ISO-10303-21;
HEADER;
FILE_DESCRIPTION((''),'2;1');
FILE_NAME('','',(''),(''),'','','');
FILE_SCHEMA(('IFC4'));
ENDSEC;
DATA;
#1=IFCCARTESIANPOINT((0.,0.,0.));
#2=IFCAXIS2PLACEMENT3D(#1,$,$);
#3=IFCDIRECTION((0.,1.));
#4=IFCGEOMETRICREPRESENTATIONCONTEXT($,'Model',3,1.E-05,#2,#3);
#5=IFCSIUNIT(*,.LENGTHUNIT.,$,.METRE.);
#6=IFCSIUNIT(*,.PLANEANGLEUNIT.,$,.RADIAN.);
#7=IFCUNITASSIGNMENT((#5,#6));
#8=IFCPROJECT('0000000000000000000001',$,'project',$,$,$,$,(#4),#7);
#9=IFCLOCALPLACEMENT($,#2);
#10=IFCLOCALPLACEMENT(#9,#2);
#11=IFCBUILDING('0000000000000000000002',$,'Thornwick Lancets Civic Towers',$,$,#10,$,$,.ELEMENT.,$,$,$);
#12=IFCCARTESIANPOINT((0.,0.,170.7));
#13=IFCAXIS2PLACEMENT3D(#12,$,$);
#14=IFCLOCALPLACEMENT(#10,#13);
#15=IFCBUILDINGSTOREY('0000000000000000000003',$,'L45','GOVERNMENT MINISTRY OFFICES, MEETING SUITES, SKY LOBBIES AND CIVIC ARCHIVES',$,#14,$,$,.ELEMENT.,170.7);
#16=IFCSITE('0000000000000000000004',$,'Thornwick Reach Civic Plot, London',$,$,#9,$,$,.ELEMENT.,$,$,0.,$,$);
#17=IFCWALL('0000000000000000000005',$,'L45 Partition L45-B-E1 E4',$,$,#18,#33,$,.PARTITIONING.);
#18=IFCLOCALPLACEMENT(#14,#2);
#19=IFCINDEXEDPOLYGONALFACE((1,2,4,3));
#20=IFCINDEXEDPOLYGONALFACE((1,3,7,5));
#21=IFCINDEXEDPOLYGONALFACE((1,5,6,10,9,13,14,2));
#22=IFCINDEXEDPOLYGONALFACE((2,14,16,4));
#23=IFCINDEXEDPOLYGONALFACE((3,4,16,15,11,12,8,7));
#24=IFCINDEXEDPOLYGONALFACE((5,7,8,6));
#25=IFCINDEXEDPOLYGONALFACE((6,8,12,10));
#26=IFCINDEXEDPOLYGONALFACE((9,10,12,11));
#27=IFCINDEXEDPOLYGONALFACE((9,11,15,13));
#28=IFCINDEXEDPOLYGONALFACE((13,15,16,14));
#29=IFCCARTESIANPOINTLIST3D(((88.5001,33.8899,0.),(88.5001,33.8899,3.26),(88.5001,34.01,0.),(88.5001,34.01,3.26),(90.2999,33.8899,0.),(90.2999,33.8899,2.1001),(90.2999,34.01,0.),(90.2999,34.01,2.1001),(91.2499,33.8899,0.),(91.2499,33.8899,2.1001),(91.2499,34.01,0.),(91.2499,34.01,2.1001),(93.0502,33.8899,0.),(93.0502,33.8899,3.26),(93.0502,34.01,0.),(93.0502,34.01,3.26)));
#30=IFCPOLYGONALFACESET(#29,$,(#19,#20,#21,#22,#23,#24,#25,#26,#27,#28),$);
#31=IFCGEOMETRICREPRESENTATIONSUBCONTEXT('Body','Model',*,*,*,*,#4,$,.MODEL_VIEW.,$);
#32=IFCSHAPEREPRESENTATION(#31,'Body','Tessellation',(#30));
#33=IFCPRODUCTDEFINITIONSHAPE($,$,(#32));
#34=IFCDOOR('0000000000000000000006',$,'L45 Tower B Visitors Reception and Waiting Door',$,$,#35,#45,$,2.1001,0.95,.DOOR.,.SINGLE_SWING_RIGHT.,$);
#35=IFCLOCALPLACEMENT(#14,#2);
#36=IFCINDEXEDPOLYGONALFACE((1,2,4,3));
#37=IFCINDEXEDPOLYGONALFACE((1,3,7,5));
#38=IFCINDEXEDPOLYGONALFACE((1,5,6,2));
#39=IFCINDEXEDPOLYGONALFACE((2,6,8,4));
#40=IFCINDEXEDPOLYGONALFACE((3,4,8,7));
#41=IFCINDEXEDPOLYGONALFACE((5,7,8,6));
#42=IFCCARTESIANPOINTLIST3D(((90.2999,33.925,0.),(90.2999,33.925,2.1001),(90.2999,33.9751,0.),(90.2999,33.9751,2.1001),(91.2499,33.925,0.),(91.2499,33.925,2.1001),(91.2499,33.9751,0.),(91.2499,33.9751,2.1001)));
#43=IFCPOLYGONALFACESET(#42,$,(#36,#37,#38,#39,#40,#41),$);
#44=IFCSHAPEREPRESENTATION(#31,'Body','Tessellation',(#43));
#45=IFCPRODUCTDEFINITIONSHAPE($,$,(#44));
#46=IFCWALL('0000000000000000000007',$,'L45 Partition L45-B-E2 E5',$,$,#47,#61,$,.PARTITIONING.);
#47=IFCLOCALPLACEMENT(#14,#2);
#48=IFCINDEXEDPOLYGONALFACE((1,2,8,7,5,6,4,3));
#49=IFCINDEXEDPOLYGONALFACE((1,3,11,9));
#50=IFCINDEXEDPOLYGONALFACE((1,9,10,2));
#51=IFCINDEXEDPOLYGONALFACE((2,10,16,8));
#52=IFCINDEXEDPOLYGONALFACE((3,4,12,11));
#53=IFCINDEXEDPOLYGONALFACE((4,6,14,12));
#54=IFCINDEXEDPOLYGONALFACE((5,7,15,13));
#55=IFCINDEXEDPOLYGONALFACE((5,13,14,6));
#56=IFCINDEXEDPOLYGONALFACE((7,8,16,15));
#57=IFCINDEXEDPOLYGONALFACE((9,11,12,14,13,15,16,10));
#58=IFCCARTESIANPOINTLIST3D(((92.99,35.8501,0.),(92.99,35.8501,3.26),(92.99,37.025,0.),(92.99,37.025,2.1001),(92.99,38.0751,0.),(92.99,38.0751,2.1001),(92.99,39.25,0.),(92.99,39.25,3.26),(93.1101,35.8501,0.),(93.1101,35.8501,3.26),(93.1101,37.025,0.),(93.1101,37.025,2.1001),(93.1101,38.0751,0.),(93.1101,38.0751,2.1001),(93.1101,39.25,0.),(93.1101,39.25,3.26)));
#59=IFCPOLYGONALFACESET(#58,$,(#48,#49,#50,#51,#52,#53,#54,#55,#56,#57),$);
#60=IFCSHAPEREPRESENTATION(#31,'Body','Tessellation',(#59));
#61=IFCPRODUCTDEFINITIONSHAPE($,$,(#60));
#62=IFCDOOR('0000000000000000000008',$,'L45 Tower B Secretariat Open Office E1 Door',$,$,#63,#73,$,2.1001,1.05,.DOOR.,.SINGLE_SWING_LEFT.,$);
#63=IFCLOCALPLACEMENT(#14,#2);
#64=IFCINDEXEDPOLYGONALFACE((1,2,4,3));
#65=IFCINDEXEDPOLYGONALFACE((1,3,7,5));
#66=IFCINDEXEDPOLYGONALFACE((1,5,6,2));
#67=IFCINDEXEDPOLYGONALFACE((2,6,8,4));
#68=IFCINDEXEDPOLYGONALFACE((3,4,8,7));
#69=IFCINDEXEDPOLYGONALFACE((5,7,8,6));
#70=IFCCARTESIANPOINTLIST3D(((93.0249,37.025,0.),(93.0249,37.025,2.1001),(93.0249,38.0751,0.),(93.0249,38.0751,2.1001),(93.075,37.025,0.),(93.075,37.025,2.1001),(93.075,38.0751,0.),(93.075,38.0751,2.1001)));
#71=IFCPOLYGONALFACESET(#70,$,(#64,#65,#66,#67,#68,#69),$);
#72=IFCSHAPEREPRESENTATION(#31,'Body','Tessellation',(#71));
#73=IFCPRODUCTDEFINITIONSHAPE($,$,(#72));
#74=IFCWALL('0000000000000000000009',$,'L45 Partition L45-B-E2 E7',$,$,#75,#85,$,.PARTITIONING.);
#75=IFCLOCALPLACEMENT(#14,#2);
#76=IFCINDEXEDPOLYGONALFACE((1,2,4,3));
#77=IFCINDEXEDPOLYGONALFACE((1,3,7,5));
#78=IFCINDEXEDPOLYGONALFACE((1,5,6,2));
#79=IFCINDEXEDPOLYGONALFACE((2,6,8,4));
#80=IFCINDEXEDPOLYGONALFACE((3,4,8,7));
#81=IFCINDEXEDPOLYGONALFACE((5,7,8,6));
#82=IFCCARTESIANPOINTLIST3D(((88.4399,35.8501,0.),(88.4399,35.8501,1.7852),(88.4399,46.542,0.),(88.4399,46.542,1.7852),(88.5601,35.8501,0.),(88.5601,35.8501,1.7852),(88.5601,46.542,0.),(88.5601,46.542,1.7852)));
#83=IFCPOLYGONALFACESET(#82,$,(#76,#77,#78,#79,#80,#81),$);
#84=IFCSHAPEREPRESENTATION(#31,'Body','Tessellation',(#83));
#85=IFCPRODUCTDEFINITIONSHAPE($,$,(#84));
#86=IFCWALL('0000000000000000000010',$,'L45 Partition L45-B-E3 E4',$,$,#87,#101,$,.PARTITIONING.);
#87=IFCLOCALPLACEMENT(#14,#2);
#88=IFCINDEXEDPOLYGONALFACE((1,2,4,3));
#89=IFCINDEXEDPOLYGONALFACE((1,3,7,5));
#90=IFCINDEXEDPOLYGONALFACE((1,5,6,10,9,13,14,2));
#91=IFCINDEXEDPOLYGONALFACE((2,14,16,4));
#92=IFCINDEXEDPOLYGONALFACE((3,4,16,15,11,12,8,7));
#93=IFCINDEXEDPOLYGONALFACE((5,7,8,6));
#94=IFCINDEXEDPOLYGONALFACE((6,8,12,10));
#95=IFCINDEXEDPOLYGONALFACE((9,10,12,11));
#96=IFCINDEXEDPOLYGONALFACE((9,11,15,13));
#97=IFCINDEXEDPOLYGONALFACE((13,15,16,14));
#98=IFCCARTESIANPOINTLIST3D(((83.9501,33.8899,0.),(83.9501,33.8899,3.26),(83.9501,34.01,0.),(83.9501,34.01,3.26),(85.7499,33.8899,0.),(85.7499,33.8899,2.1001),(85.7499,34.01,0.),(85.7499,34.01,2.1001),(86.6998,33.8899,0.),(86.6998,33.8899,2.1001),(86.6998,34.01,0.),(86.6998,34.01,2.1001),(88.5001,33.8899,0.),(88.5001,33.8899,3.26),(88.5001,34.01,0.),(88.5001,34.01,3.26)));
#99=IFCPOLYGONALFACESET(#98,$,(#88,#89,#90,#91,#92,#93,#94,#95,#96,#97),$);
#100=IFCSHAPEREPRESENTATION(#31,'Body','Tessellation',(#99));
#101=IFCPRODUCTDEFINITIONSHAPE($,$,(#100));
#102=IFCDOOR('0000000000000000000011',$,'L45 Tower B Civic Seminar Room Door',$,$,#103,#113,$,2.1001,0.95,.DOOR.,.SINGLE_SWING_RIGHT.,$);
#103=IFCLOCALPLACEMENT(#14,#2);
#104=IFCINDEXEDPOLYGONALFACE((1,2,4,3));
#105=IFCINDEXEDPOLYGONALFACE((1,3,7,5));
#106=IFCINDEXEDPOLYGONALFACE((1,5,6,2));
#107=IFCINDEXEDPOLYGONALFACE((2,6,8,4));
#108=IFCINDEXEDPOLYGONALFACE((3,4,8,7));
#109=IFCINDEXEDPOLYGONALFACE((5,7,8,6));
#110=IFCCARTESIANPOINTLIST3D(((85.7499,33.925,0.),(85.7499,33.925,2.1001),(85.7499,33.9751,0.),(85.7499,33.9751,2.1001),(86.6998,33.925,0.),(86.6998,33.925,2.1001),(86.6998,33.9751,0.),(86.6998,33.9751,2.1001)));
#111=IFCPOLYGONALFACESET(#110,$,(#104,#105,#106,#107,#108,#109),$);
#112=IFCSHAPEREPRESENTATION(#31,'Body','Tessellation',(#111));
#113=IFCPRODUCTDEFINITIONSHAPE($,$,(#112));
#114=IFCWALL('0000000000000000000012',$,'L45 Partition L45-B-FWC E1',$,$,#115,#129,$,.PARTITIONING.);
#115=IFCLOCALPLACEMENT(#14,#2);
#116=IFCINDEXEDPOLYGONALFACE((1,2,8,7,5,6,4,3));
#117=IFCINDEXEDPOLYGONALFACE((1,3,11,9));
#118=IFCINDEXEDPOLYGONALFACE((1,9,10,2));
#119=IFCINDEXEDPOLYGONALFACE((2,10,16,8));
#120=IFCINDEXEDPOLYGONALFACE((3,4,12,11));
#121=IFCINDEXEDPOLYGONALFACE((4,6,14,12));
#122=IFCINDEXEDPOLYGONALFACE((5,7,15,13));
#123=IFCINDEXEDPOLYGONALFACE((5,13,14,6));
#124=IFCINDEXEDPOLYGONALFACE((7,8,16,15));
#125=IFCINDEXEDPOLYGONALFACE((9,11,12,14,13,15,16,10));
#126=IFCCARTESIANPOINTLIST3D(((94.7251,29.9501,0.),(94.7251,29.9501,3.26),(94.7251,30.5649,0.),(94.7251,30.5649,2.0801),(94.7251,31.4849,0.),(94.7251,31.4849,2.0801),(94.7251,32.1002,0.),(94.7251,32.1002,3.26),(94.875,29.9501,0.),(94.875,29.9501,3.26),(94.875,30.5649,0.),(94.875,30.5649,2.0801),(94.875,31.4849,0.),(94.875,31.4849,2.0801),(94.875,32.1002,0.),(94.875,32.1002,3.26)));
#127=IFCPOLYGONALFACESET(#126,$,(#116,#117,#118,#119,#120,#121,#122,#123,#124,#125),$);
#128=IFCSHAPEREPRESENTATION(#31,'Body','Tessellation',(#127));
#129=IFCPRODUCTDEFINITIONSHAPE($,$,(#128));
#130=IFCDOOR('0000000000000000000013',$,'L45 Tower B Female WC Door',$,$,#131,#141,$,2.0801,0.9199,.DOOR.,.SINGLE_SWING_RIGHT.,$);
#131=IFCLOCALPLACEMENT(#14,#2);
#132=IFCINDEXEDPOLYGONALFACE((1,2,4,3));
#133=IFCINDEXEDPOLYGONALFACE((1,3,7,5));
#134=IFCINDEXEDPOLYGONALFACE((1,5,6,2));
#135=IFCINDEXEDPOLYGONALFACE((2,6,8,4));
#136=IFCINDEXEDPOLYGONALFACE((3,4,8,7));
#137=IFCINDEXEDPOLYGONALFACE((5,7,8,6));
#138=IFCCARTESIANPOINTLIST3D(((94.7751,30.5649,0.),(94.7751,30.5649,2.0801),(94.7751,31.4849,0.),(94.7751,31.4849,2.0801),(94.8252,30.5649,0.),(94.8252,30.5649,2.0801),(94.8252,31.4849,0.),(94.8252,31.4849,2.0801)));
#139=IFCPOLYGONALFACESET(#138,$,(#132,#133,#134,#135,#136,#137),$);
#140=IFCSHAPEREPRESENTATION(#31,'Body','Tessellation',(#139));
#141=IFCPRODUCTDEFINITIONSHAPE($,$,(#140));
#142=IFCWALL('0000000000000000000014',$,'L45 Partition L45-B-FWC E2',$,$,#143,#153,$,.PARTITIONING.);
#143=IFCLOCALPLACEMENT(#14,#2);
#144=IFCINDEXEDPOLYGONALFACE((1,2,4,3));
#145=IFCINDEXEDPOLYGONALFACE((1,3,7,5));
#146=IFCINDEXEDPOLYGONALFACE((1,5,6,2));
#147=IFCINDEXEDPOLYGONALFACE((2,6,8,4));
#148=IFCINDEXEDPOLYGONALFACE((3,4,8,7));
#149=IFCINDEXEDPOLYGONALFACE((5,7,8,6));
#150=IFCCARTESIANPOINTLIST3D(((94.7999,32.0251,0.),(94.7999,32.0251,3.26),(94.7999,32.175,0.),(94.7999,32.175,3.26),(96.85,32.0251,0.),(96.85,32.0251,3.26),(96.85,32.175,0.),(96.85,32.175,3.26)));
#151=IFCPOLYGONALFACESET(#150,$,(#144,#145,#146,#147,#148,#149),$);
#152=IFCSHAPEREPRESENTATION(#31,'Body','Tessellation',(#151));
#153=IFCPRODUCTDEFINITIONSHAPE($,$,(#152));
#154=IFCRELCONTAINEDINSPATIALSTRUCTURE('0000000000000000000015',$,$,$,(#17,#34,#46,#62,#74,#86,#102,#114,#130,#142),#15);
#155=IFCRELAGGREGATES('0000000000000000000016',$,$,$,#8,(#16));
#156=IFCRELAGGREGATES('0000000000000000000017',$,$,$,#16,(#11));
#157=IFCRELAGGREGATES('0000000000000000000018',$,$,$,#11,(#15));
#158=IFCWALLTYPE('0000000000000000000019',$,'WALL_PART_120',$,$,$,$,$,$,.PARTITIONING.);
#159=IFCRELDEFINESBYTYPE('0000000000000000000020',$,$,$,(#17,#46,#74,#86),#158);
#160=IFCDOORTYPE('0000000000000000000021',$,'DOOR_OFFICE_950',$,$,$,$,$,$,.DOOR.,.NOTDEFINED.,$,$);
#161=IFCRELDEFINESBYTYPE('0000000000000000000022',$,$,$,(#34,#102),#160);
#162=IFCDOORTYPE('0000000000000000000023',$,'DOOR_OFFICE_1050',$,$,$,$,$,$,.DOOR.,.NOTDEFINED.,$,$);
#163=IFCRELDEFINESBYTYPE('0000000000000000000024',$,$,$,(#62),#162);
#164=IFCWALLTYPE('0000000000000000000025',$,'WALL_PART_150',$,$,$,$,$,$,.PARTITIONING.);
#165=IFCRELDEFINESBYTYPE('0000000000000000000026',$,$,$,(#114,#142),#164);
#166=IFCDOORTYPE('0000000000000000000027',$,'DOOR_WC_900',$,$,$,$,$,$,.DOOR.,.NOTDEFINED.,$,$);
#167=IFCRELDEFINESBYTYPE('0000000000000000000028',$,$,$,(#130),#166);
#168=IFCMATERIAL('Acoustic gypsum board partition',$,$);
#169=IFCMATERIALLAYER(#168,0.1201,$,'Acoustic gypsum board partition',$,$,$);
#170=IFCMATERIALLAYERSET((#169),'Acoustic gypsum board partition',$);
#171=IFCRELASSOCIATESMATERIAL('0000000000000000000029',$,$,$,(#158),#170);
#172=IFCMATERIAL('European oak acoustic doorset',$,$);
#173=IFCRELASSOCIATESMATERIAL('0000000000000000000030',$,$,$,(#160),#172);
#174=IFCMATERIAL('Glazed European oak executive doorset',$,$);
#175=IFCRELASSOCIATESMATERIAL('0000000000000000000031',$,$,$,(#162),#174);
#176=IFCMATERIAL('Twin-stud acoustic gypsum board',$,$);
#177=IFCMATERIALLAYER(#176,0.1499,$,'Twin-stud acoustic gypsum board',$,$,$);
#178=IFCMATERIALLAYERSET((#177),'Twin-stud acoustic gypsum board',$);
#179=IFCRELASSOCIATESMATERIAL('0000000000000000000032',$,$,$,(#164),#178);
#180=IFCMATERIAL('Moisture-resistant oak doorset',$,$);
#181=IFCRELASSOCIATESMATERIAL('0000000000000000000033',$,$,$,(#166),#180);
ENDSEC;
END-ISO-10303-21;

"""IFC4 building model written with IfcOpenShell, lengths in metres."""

from ifc_helpers import new_model, si_unit, direction, frame, frame_2d, origin, place, context, subcontext, project, spatial, rectangle, extrude, material, layer, layer_set, type_object, element, fill, save


model = new_model("IFC4")

# Units and contexts
model_context = context("Model", 3, precision=1e-05, world=origin(), true_north=direction((0.0, 1.0)))
body_context = subcontext(model_context, "Body", "Model", "MODEL_VIEW")
ifc_project = project(units=[si_unit("LENGTHUNIT", "METRE"), si_unit("PLANEANGLEUNIT", "RADIAN")], contexts=[model_context])

# Site, building, storey
site_placement = place(None, origin())
site = spatial("IfcSite", under=ifc_project, at=site_placement, Name="Thornwick Reach Civic Plot, London", CompositionType="ELEMENT", RefElevation=0.0)
building_placement = place(site_placement, origin())
building = spatial("IfcBuilding", under=site, at=building_placement, Name="Thornwick Lancets Civic Towers", CompositionType="ELEMENT")
storey_placement = place(building_placement, frame((0.0, 0.0, 170.7)))
storey = spatial("IfcBuildingStorey", under=building, at=storey_placement, Name="L45", Description="GOVERNMENT MINISTRY OFFICES, MEETING SUITES, SKY LOBBIES AND CIVIC ARCHIVES", CompositionType="ELEMENT", Elevation=170.7)

# Shared definitions
ifc_material_1 = material(Name="Acoustic gypsum board partition")
ifc_layer_1 = layer(ifc_material_1, 0.1201, Name="Acoustic gypsum board partition")
ifc_layer_set_1 = layer_set([ifc_layer_1], Name="Acoustic gypsum board partition")
wall_type_1 = type_object("IfcWallType", Name="WALL_PART_120", PredefinedType="PARTITIONING", material=ifc_layer_set_1)
ifc_material_2 = material(Name="European oak acoustic doorset")
door_type_1 = type_object("IfcDoorType", Name="DOOR_OFFICE_950", OperationType="NOTDEFINED", PredefinedType="DOOR", material=ifc_material_2)

# Walls, openings, doors
wall_1_placement = place(storey_placement, frame((93.05, 33.95, 0.0), z_axis=(0.0, 0.0, 1.0), x_axis=(-1.0, 0.0, 0.0)))
wall_1 = element("IfcWall", 1, at=wall_1_placement, inside=storey, type_object=wall_type_1, Name="L45 Partition L45-B-E1 E4", PredefinedType="PARTITIONING", context=body_context, shape_type="SweptSolid", body=[
    extrude(rectangle(XDim=4.55, YDim=0.1201, at=frame_2d((2.2749, 0.0))), origin(), (0.0, 0.0, 1.0), 3.26),
])
opening_1_placement = place(wall_1_placement, frame((1.8, 0.0, 0.0)))
opening_1 = element("IfcOpeningElement", 2, at=opening_1_placement, cuts=wall_1, PredefinedType="OPENING", context=body_context, shape_type="SweptSolid", body=[
    extrude(rectangle(XDim=0.95, YDim=2.1001, at=frame_2d((0.4751, 1.05))), frame((0.0, 0.0701, 0.0), z_axis=(0.0, -1.0, 0.0), x_axis=(1.0, 0.0, 0.0)), (0.0, 0.0, 1.0), 0.1401),
])
door_1_placement = place(opening_1_placement, origin())
door_1 = element("IfcDoor", 3, at=door_1_placement, inside=storey, type_object=door_type_1, Name="L45 Tower B Visitors Reception and Waiting Door", OperationType="SINGLE_SWING_RIGHT", OverallHeight=2.1001, OverallWidth=0.95, PredefinedType="DOOR", context=body_context, shape_type="SweptSolid", body=[
    extrude(rectangle(XDim=0.95, YDim=2.1001, at=frame_2d((0.4751, 1.05))), frame((0.0, 0.0249, 0.0), z_axis=(0.0, -1.0, 0.0), x_axis=(1.0, 0.0, 0.0)), (0.0, 0.0, 1.0), 0.05),
])
fill(opening_1, door_1)
wall_2_placement = place(storey_placement, frame((93.05, 39.25, 0.0), z_axis=(0.0, 0.0, 1.0), x_axis=(0.0, -1.0, 0.0)))
wall_2 = element("IfcWall", 4, at=wall_2_placement, inside=storey, type_object=wall_type_1, Name="L45 Partition L45-B-E2 E5", PredefinedType="PARTITIONING", context=body_context, shape_type="SweptSolid", body=[
    extrude(rectangle(XDim=3.3999, YDim=0.1201, at=frame_2d((1.7, 0.0))), origin(), (0.0, 0.0, 1.0), 3.26),
])
opening_2_placement = place(wall_2_placement, frame((1.175, 0.0, 0.0)))
opening_2 = element("IfcOpeningElement", 5, at=opening_2_placement, cuts=wall_2, PredefinedType="OPENING", context=body_context, shape_type="SweptSolid", body=[
    extrude(rectangle(XDim=1.05, YDim=2.1001, at=frame_2d((0.5249, 1.05))), frame((0.0, 0.0701, 0.0), z_axis=(0.0, -1.0, 0.0), x_axis=(1.0, 0.0, 0.0)), (0.0, 0.0, 1.0), 0.1401),
])
ifc_material_3 = material(Name="Glazed European oak executive doorset")
door_type_2 = type_object("IfcDoorType", Name="DOOR_OFFICE_1050", OperationType="NOTDEFINED", PredefinedType="DOOR", material=ifc_material_3)
door_2_placement = place(opening_2_placement, origin())
door_2 = element("IfcDoor", 6, at=door_2_placement, inside=storey, type_object=door_type_2, Name="L45 Tower B Secretariat Open Office E1 Door", OperationType="SINGLE_SWING_LEFT", OverallHeight=2.1001, OverallWidth=1.05, PredefinedType="DOOR", context=body_context, shape_type="SweptSolid", body=[
    extrude(rectangle(XDim=1.05, YDim=2.1001, at=frame_2d((0.5249, 1.05))), frame((0.0, 0.0249, 0.0), z_axis=(0.0, -1.0, 0.0), x_axis=(1.0, 0.0, 0.0)), (0.0, 0.0, 1.0), 0.05),
])
fill(opening_2, door_2)

# Wall
wall_3_placement = place(storey_placement, frame((88.5, 35.8501, 0.0), z_axis=(0.0, 0.0, 1.0), x_axis=(0.0, 1.0, 0.0)))
element("IfcWall", 7, at=wall_3_placement, inside=storey, type_object=wall_type_1, Name="L45 Partition L45-B-E2 E7", PredefinedType="PARTITIONING", context=body_context, shape_type="SweptSolid", body=[
    extrude(rectangle(XDim=10.6919, YDim=0.1201, at=frame_2d((5.3459, 0.0))), origin(), (0.0, 0.0, 1.0), 1.7852),
])

# Walls, openings, doors
wall_4_placement = place(storey_placement, frame((88.5, 33.95, 0.0), z_axis=(0.0, 0.0, 1.0), x_axis=(-1.0, 0.0, 0.0)))
wall_4 = element("IfcWall", 8, at=wall_4_placement, inside=storey, type_object=wall_type_1, Name="L45 Partition L45-B-E3 E4", PredefinedType="PARTITIONING", context=body_context, shape_type="SweptSolid", body=[
    extrude(rectangle(XDim=4.55, YDim=0.1201, at=frame_2d((2.2749, 0.0))), origin(), (0.0, 0.0, 1.0), 3.26),
])
opening_3_placement = place(wall_4_placement, frame((1.8, 0.0, 0.0)))
opening_3 = element("IfcOpeningElement", 9, at=opening_3_placement, cuts=wall_4, PredefinedType="OPENING", context=body_context, shape_type="SweptSolid", body=[
    extrude(rectangle(XDim=0.95, YDim=2.1001, at=frame_2d((0.4751, 1.05))), frame((0.0, 0.0701, 0.0), z_axis=(0.0, -1.0, 0.0), x_axis=(1.0, 0.0, 0.0)), (0.0, 0.0, 1.0), 0.1401),
])
door_3_placement = place(opening_3_placement, origin())
door_3 = element("IfcDoor", 10, at=door_3_placement, inside=storey, type_object=door_type_1, Name="L45 Tower B Civic Seminar Room Door", OperationType="SINGLE_SWING_RIGHT", OverallHeight=2.1001, OverallWidth=0.95, PredefinedType="DOOR", context=body_context, shape_type="SweptSolid", body=[
    extrude(rectangle(XDim=0.95, YDim=2.1001, at=frame_2d((0.4751, 1.05))), frame((0.0, 0.0249, 0.0), z_axis=(0.0, -1.0, 0.0), x_axis=(1.0, 0.0, 0.0)), (0.0, 0.0, 1.0), 0.05),
])
fill(opening_3, door_3)
ifc_material_4 = material(Name="Twin-stud acoustic gypsum board")
ifc_layer_2 = layer(ifc_material_4, 0.1499, Name="Twin-stud acoustic gypsum board")
ifc_layer_set_2 = layer_set([ifc_layer_2], Name="Twin-stud acoustic gypsum board")
wall_type_2 = type_object("IfcWallType", Name="WALL_PART_150", PredefinedType="PARTITIONING", material=ifc_layer_set_2)
wall_5_placement = place(storey_placement, frame((94.8, 29.95, 0.0), z_axis=(0.0, 0.0, 1.0), x_axis=(0.0, 1.0, 0.0)))
wall_5 = element("IfcWall", 11, at=wall_5_placement, inside=storey, type_object=wall_type_2, Name="L45 Partition L45-B-FWC E1", PredefinedType="PARTITIONING", context=body_context, shape_type="SweptSolid", body=[
    extrude(rectangle(XDim=2.1501, YDim=0.1499, at=frame_2d((1.0752, 0.0))), origin(), (0.0, 0.0, 1.0), 3.26),
])
opening_4_placement = place(wall_5_placement, frame((0.615, 0.0, 0.0)))
opening_4 = element("IfcOpeningElement", 12, at=opening_4_placement, cuts=wall_5, PredefinedType="OPENING", context=body_context, shape_type="SweptSolid", body=[
    extrude(rectangle(XDim=0.9199, YDim=2.0801, at=frame_2d((0.46, 1.04))), frame((0.0, 0.085, 0.0), z_axis=(0.0, -1.0, 0.0), x_axis=(1.0, 0.0, 0.0)), (0.0, 0.0, 1.0), 0.1699),
])
ifc_material_5 = material(Name="Moisture-resistant oak doorset")
door_type_3 = type_object("IfcDoorType", Name="DOOR_WC_900", OperationType="NOTDEFINED", PredefinedType="DOOR", material=ifc_material_5)
door_4_placement = place(opening_4_placement, origin())
door_4 = element("IfcDoor", 13, at=door_4_placement, inside=storey, type_object=door_type_3, Name="L45 Tower B Female WC Door", OperationType="SINGLE_SWING_RIGHT", OverallHeight=2.0801, OverallWidth=0.9199, PredefinedType="DOOR", context=body_context, shape_type="SweptSolid", body=[
    extrude(rectangle(XDim=0.9199, YDim=2.0801, at=frame_2d((0.46, 1.04))), frame((0.0, 0.0249, 0.0), z_axis=(0.0, -1.0, 0.0), x_axis=(1.0, 0.0, 0.0)), (0.0, 0.0, 1.0), 0.05),
])
fill(opening_4, door_4)

# Wall
wall_6_placement = place(storey_placement, frame((94.8, 32.1001, 0.0), z_axis=(0.0, 0.0, 1.0), x_axis=(1.0, 0.0, 0.0)))
element("IfcWall", 14, at=wall_6_placement, inside=storey, type_object=wall_type_2, Name="L45 Partition L45-B-FWC E2", PredefinedType="PARTITIONING", context=body_context, shape_type="SweptSolid", body=[
    extrude(rectangle(XDim=2.05, YDim=0.1499, at=frame_2d((1.0249, 0.0))), origin(), (0.0, 0.0, 1.0), 3.26),
])

save(model, "model.ifc")
